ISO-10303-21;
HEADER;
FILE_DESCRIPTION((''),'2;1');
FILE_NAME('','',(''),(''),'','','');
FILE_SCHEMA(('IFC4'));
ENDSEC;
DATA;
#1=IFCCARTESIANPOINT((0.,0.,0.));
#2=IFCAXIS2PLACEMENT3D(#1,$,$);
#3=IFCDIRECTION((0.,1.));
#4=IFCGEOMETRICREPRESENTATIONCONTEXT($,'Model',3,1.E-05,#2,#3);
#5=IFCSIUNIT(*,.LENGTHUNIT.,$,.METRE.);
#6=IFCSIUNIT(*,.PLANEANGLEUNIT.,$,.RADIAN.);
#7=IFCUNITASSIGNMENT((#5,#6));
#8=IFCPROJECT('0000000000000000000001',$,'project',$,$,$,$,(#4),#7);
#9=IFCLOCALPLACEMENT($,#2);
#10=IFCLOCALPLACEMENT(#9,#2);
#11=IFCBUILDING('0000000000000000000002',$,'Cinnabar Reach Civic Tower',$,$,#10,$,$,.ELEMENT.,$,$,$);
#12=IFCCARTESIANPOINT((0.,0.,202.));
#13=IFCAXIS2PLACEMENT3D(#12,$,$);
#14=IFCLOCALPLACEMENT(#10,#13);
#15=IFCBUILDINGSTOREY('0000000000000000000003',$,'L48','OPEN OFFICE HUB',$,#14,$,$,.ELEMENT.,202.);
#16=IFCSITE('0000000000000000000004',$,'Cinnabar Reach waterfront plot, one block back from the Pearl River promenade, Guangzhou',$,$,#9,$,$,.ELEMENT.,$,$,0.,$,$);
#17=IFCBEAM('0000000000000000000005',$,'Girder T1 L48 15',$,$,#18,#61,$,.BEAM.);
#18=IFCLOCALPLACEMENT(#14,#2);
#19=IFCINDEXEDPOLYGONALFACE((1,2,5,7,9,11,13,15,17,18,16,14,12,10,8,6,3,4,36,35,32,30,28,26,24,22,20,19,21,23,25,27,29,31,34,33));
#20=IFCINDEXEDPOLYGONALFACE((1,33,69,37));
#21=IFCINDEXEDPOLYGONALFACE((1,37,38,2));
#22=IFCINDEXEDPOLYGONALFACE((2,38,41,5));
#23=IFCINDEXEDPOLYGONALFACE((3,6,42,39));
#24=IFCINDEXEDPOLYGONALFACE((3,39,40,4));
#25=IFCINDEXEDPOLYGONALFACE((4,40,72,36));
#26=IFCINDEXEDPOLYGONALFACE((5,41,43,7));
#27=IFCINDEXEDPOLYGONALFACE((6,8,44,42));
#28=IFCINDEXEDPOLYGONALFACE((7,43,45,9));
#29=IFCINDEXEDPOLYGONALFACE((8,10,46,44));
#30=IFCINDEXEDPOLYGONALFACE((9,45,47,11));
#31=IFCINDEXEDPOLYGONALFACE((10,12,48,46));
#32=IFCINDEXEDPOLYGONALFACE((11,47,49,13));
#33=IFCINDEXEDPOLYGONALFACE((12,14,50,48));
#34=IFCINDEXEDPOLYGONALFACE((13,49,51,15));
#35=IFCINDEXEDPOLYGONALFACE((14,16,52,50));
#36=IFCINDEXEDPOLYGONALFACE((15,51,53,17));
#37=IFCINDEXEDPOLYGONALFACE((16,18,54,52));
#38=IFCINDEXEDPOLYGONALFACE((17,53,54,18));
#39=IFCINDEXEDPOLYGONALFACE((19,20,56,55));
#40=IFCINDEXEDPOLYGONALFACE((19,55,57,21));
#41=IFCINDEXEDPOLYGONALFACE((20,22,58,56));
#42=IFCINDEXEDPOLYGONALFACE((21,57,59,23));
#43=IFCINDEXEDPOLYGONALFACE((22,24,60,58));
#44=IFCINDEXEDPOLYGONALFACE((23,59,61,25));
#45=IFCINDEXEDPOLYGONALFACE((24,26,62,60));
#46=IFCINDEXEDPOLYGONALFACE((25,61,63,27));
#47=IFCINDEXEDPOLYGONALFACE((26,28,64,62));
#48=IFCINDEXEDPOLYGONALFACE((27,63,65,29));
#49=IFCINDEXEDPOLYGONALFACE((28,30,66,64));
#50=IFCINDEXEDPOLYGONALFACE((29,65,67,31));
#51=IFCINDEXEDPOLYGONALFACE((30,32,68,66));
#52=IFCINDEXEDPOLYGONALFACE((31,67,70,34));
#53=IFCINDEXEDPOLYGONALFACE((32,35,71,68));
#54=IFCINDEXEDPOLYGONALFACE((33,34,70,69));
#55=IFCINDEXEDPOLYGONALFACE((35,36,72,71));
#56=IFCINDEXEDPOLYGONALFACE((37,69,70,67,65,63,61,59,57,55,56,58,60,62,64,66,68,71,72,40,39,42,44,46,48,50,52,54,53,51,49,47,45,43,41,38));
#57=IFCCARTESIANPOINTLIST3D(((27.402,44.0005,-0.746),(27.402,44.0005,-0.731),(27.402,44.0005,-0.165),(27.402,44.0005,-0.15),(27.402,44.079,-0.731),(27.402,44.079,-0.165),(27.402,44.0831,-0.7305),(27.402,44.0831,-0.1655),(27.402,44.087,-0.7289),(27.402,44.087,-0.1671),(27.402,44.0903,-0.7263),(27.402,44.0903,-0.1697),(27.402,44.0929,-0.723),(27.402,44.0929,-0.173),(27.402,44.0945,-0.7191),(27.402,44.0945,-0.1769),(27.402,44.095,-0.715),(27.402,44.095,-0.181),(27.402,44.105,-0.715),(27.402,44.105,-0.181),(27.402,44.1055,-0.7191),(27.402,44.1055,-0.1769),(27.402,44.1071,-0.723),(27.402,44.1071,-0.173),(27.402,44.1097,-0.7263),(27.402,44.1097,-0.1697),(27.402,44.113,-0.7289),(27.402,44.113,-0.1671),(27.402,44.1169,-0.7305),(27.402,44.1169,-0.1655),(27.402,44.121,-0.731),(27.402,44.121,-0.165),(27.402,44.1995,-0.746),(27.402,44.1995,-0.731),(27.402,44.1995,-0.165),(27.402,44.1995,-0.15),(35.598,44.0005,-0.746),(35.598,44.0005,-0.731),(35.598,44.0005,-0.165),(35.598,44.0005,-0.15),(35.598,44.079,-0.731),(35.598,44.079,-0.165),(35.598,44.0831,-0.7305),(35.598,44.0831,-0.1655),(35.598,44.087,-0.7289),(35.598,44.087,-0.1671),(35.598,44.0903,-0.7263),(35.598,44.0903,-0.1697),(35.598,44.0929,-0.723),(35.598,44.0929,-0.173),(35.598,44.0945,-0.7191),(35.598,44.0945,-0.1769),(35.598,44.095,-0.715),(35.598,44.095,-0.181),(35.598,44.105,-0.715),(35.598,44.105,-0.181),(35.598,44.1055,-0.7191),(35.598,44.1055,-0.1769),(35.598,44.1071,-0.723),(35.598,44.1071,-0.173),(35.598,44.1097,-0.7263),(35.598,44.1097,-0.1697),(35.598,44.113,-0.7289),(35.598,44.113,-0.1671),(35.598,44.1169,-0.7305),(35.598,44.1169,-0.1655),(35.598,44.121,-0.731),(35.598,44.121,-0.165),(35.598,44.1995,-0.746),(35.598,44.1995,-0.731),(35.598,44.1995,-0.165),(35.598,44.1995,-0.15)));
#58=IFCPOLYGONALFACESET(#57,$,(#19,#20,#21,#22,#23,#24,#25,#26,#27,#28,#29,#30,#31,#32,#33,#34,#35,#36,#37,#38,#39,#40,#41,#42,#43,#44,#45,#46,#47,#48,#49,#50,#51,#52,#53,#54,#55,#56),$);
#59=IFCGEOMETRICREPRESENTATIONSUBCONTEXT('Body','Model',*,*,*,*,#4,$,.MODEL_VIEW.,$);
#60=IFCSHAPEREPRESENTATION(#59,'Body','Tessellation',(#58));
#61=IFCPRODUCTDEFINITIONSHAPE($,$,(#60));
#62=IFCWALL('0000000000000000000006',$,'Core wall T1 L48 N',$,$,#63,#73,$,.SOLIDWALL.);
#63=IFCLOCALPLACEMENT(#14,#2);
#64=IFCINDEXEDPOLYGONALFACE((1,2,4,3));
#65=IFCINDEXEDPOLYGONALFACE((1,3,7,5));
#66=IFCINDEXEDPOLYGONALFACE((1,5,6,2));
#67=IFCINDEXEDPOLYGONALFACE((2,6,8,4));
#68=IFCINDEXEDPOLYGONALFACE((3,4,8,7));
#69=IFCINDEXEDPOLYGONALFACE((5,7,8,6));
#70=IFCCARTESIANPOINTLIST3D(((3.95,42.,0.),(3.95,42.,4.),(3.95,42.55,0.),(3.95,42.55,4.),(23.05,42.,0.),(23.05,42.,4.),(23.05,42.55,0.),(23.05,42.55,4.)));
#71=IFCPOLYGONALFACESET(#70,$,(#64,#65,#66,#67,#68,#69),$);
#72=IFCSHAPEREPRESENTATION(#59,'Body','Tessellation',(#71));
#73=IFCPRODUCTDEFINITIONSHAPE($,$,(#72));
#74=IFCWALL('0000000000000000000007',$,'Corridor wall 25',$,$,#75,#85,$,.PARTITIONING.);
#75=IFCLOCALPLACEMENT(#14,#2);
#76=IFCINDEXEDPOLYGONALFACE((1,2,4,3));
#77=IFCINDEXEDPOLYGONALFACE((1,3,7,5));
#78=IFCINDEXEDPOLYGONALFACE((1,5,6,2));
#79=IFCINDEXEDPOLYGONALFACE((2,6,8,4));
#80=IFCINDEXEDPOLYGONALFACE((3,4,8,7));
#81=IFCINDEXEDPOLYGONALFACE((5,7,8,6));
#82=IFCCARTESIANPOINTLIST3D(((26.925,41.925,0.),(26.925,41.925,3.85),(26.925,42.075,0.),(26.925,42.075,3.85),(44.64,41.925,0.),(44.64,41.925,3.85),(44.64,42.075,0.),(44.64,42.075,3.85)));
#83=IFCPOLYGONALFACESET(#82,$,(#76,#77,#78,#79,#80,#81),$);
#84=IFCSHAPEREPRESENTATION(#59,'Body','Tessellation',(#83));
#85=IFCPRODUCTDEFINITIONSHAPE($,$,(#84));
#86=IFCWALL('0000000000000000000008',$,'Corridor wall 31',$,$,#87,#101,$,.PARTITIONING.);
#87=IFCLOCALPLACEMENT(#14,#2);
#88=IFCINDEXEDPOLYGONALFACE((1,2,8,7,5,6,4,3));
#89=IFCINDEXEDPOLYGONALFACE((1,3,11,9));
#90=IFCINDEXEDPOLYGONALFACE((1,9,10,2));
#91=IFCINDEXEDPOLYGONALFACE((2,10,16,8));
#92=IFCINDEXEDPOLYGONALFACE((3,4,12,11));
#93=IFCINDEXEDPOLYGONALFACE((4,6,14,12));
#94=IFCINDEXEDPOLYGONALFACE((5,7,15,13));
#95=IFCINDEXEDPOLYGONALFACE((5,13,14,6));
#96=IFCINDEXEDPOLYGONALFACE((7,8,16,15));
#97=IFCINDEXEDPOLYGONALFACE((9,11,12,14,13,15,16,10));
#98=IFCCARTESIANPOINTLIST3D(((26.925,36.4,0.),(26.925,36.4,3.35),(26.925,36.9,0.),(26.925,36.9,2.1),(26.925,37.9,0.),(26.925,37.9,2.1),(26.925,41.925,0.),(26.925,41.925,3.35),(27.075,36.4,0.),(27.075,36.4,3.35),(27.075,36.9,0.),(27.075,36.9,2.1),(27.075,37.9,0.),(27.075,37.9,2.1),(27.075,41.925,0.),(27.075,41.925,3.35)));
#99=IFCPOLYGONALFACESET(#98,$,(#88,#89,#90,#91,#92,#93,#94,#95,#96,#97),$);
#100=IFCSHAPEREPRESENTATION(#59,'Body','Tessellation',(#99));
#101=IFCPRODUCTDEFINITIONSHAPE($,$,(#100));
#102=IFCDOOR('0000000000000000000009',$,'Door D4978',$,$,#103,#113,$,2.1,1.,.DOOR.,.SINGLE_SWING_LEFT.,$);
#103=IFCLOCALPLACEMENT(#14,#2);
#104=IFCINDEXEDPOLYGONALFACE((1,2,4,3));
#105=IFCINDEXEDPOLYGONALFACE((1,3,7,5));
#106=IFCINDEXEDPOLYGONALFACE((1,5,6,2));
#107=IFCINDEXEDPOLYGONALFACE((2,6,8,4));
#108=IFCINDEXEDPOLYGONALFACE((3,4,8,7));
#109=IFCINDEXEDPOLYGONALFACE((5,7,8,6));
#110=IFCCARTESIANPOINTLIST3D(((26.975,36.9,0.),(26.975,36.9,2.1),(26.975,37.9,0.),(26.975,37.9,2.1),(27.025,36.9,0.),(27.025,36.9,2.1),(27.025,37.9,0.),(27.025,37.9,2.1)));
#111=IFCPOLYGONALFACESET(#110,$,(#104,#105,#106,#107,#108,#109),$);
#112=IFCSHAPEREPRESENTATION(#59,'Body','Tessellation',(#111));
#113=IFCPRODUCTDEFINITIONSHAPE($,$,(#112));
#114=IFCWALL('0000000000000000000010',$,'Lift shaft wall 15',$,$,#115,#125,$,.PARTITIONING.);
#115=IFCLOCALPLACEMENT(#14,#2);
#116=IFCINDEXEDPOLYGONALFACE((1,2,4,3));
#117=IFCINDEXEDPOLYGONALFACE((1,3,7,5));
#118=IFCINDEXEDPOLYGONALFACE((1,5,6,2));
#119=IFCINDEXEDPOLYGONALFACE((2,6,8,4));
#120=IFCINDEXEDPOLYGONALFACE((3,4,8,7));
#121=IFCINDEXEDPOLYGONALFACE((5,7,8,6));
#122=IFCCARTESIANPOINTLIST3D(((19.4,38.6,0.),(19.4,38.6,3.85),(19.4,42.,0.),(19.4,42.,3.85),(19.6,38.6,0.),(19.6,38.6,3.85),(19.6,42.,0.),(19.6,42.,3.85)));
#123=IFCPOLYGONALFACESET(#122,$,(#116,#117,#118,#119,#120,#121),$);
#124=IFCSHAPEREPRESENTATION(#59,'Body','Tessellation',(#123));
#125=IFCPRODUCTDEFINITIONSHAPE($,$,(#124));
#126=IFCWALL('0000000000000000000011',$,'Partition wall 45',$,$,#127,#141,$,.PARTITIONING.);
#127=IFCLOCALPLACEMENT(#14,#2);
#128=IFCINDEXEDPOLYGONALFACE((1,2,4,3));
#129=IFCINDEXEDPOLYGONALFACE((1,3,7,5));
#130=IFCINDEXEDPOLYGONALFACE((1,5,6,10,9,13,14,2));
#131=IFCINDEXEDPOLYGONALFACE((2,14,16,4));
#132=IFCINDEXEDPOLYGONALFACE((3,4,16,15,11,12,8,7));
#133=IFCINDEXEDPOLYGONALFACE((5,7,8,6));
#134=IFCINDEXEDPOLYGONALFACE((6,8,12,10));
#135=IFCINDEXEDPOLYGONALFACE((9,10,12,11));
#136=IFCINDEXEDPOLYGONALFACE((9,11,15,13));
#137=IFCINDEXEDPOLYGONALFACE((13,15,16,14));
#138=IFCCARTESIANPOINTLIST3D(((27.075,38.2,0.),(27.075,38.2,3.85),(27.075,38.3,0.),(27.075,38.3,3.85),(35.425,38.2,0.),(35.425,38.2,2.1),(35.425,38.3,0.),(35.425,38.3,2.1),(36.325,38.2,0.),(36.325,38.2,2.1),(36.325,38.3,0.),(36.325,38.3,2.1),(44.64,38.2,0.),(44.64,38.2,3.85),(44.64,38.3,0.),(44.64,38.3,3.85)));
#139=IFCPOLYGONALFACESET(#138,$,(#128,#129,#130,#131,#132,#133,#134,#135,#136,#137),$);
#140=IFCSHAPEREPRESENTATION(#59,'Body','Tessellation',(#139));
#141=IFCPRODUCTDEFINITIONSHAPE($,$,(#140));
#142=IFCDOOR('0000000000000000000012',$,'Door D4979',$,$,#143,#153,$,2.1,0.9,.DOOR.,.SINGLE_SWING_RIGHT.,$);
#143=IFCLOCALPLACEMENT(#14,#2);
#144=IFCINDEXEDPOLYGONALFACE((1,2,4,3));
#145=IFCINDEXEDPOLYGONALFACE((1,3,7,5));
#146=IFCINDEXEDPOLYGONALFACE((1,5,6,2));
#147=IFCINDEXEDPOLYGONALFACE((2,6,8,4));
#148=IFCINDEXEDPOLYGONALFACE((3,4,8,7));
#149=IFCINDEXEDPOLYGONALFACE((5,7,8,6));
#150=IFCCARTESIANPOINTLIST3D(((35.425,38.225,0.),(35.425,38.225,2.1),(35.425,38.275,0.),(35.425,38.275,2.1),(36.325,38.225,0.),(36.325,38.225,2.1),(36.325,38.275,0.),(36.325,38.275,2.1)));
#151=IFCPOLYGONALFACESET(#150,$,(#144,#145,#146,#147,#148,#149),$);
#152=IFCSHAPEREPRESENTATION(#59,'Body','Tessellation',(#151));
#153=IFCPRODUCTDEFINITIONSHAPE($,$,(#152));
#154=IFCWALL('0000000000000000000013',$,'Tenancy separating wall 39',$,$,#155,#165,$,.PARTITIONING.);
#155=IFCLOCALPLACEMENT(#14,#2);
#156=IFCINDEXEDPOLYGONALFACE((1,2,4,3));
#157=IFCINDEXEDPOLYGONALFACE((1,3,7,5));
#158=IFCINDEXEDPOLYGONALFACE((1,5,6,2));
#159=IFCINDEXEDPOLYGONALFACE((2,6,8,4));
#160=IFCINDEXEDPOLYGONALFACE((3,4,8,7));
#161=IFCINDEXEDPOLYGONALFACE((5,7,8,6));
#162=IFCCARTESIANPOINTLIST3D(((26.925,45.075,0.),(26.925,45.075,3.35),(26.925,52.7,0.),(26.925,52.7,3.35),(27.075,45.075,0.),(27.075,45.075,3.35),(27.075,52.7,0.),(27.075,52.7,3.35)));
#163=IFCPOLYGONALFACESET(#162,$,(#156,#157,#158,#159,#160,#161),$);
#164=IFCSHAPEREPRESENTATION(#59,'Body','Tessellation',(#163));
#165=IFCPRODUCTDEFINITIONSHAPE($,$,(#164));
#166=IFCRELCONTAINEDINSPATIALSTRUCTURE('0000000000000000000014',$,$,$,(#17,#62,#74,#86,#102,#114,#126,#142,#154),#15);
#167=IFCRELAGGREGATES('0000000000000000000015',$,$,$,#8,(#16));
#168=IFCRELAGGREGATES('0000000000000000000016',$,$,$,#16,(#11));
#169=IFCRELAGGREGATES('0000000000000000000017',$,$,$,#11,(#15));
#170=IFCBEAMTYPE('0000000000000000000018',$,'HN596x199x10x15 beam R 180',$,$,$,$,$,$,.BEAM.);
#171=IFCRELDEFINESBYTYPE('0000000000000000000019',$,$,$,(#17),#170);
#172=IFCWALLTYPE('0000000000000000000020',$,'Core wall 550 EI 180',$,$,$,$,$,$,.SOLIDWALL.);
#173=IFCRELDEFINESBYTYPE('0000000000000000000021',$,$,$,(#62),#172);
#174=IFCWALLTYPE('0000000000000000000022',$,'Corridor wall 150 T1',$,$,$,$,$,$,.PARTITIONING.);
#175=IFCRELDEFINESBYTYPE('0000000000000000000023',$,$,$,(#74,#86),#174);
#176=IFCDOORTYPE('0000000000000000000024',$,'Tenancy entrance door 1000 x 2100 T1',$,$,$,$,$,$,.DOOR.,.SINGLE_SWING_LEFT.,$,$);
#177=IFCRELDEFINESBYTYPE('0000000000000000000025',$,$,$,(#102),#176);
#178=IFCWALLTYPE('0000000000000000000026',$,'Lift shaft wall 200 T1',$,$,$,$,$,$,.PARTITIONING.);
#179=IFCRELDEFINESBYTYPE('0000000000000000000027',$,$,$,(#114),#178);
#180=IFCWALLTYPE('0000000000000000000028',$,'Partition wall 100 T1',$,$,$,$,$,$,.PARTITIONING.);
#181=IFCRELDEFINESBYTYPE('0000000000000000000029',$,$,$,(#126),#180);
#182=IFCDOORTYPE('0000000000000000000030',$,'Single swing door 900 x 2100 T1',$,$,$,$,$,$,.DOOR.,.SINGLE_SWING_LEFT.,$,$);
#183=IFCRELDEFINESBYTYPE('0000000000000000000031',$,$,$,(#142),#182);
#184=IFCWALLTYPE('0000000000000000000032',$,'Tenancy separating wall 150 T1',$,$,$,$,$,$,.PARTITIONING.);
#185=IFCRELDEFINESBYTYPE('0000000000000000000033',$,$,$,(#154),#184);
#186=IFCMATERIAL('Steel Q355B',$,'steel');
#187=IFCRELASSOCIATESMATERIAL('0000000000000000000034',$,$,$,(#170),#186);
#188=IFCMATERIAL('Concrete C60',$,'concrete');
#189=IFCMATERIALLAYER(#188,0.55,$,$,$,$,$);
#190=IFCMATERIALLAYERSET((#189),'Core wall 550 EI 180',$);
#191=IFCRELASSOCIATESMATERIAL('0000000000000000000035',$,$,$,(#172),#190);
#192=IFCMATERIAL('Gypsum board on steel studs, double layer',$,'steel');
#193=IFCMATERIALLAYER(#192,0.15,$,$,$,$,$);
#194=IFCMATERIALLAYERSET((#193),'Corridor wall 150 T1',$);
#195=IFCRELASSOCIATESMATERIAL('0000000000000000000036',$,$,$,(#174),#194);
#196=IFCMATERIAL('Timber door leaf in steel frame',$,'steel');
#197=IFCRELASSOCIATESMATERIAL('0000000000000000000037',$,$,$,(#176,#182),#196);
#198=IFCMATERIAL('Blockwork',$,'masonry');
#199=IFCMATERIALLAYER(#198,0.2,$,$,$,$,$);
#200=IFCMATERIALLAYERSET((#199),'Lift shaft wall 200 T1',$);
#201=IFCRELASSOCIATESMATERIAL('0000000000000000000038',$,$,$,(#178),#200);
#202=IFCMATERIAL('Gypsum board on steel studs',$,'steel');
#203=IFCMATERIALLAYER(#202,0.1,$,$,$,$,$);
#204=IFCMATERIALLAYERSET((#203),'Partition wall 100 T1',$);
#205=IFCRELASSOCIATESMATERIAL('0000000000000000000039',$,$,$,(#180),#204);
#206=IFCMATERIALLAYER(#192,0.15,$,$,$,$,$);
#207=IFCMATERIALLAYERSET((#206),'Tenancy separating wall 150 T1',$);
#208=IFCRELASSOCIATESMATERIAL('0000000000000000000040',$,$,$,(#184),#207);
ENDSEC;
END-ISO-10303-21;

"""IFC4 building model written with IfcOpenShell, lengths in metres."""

from ifc_helpers import new_model, si_unit, direction, frame, frame_2d, origin, origin_2d, place, context, subcontext, project, spatial, rectangle, i_section, extrude, material, layer, layer_set, material_profile, profile_set, type_object, element, fill, save


model = new_model("IFC4")

# Units and contexts
model_context = context("Model", 3, precision=1e-05, world=origin(), true_north=direction((0.0, 1.0)))
body_context = subcontext(model_context, "Body", "Model", "MODEL_VIEW")
ifc_project = project(units=[si_unit("LENGTHUNIT", "METRE"), si_unit("PLANEANGLEUNIT", "RADIAN")], contexts=[model_context])

# Site, building, storey
site_placement = place(None, origin())
site = spatial("IfcSite", under=ifc_project, at=site_placement, Name="Cinnabar Reach waterfront plot, one block back from the Pearl River promenade, Guangzhou", CompositionType="ELEMENT", RefElevation=0.0)
building_placement = place(site_placement, origin())
building = spatial("IfcBuilding", under=site, at=building_placement, Name="Cinnabar Reach Civic Tower", CompositionType="ELEMENT")
storey_placement = place(building_placement, frame((0.0, 0.0, 202.0)))
storey = spatial("IfcBuildingStorey", under=building, at=storey_placement, Name="L48", Description="OPEN OFFICE HUB", CompositionType="ELEMENT", Elevation=202.0)

# Shared definitions
ifc_material_1 = material(Name="Concrete C60", Category="concrete")

# Beam
ifc_material_2 = material(Name="Steel Q355B", Category="steel")
ifc_material_profile_1 = material_profile(ifc_material_2, i_section(OverallWidth=0.199, OverallDepth=0.596, WebThickness=0.01, FlangeThickness=0.015, FilletRadius=0.016, at=origin_2d()), Name="HN596x199x10x15")
ifc_profile_set_1 = profile_set([ifc_material_profile_1], Name="Steel Q355B")
beam_type_1 = type_object("IfcBeamType", Name="HN596x199x10x15 beam R 180", PredefinedType="BEAM", material=ifc_profile_set_1)
for number, where, z_axis, x_axis, name in (
    (1, (27.402, 44.1, -0.448), (1.0, 0.0, 0.0), (0.0, 1.0, 0.0), "Girder T1 L48 15"),
):
    element("IfcBeam", number, at=place(storey_placement, frame(where, z_axis=z_axis, x_axis=x_axis)), inside=storey, type_object=beam_type_1, Name=name, PredefinedType="BEAM", context=body_context, shape_type="SweptSolid", body=[
        extrude(i_section(OverallWidth=0.199, OverallDepth=0.596, WebThickness=0.01, FlangeThickness=0.015, FilletRadius=0.016, at=origin_2d()), origin(), (0.0, 0.0, 1.0), 8.196),
    ])

# Walls
ifc_layer_1 = layer(ifc_material_1, 0.55)
ifc_layer_set_1 = layer_set([ifc_layer_1], Name="Core wall 550 EI 180")
wall_type_1 = type_object("IfcWallType", Name="Core wall 550 EI 180", PredefinedType="SOLIDWALL", material=ifc_layer_set_1)
wall_1_placement = place(storey_placement, frame((23.05, 42.275, 0.0), z_axis=(0.0, 0.0, 1.0), x_axis=(-1.0, 0.0, 0.0)))
element("IfcWall", 2, at=wall_1_placement, inside=storey, type_object=wall_type_1, Name="Core wall T1 L48 N", PredefinedType="SOLIDWALL", context=body_context, shape_type="SweptSolid", body=[
    extrude(rectangle(XDim=19.1, YDim=0.55, at=frame_2d((9.55, 0.0))), origin(), (0.0, 0.0, 1.0), 4.0),
])
ifc_material_3 = material(Name="Gypsum board on steel studs, double layer", Category="steel")
ifc_layer_2 = layer(ifc_material_3, 0.15)
ifc_layer_set_2 = layer_set([ifc_layer_2], Name="Corridor wall 150 T1")
wall_type_2 = type_object("IfcWallType", Name="Corridor wall 150 T1", PredefinedType="PARTITIONING", material=ifc_layer_set_2)
wall_2_placement = place(storey_placement, frame((26.925, 42.0, 0.0), z_axis=(0.0, 0.0, 1.0), x_axis=(1.0, 0.0, 0.0)))
element("IfcWall", 3, at=wall_2_placement, inside=storey, type_object=wall_type_2, Name="Corridor wall 25", PredefinedType="PARTITIONING", context=body_context, shape_type="SweptSolid", body=[
    extrude(rectangle(XDim=17.715, YDim=0.15, at=frame_2d((8.8575, 0.0))), origin(), (0.0, 0.0, 1.0), 3.85),
])

# Wall, opening, door
wall_3_placement = place(storey_placement, frame((27.0, 36.4, 0.0), z_axis=(0.0, 0.0, 1.0), x_axis=(0.0, 1.0, 0.0)))
wall_3 = element("IfcWall", 4, at=wall_3_placement, inside=storey, type_object=wall_type_2, Name="Corridor wall 31", PredefinedType="PARTITIONING", context=body_context, shape_type="SweptSolid", body=[
    extrude(rectangle(XDim=5.525, YDim=0.15, at=frame_2d((2.7625, 0.0))), origin(), (0.0, 0.0, 1.0), 3.35),
])
opening_1_placement = place(wall_3_placement, frame((0.5, 0.0, 0.0)))
opening_1 = element("IfcOpeningElement", 5, at=opening_1_placement, cuts=wall_3, PredefinedType="OPENING", context=body_context, shape_type="SweptSolid", body=[
    extrude(rectangle(XDim=1.0, YDim=2.1, at=frame_2d((0.5, 1.05))), frame((0.0, 0.085, 0.0), z_axis=(0.0, -1.0, 0.0), x_axis=(1.0, 0.0, 0.0)), (0.0, 0.0, 1.0), 0.17),
])
ifc_material_4 = material(Name="Timber door leaf in steel frame", Category="steel")
door_type_1 = type_object("IfcDoorType", Name="Tenancy entrance door 1000 x 2100 T1", OperationType="SINGLE_SWING_LEFT", PredefinedType="DOOR", material=ifc_material_4)
door_1_placement = place(opening_1_placement, frame((1.0, 0.0, 0.0), z_axis=(0.0, 0.0, 1.0), x_axis=(-1.0, 0.0, 0.0)))
door_1 = element("IfcDoor", 6, at=door_1_placement, inside=storey, type_object=door_type_1, Name="Door D4978", OperationType="SINGLE_SWING_LEFT", OverallHeight=2.1, OverallWidth=1.0, PredefinedType="DOOR", context=body_context, shape_type="SweptSolid", body=[
    extrude(rectangle(XDim=1.0, YDim=2.1, at=frame_2d((0.5, 1.05))), frame((0.0, 0.025, 0.0), z_axis=(0.0, -1.0, 0.0), x_axis=(1.0, 0.0, 0.0)), (0.0, 0.0, 1.0), 0.05),
])
fill(opening_1, door_1)

# Wall
ifc_material_5 = material(Name="Blockwork", Category="masonry")
ifc_layer_3 = layer(ifc_material_5, 0.2)
ifc_layer_set_3 = layer_set([ifc_layer_3], Name="Lift shaft wall 200 T1")
wall_type_3 = type_object("IfcWallType", Name="Lift shaft wall 200 T1", PredefinedType="PARTITIONING", material=ifc_layer_set_3)
wall_4_placement = place(storey_placement, frame((19.5, 38.6, 0.0), z_axis=(0.0, 0.0, 1.0), x_axis=(0.0, 1.0, 0.0)))
element("IfcWall", 7, at=wall_4_placement, inside=storey, type_object=wall_type_3, Name="Lift shaft wall 15", PredefinedType="PARTITIONING", context=body_context, shape_type="SweptSolid", body=[
    extrude(rectangle(XDim=3.4, YDim=0.2, at=frame_2d((1.7, 0.0))), origin(), (0.0, 0.0, 1.0), 3.85),
])

# Wall, opening, door
ifc_material_6 = material(Name="Gypsum board on steel studs", Category="steel")
ifc_layer_4 = layer(ifc_material_6, 0.1)
ifc_layer_set_4 = layer_set([ifc_layer_4], Name="Partition wall 100 T1")
wall_type_4 = type_object("IfcWallType", Name="Partition wall 100 T1", PredefinedType="PARTITIONING", material=ifc_layer_set_4)
wall_5_placement = place(storey_placement, frame((27.075, 38.25, 0.0), z_axis=(0.0, 0.0, 1.0), x_axis=(1.0, 0.0, 0.0)))
wall_5 = element("IfcWall", 8, at=wall_5_placement, inside=storey, type_object=wall_type_4, Name="Partition wall 45", PredefinedType="PARTITIONING", context=body_context, shape_type="SweptSolid", body=[
    extrude(rectangle(XDim=17.565, YDim=0.1, at=frame_2d((8.7825, 0.0))), origin(), (0.0, 0.0, 1.0), 3.85),
])
opening_2_placement = place(wall_5_placement, frame((8.35, 0.0, 0.0)))
opening_2 = element("IfcOpeningElement", 9, at=opening_2_placement, cuts=wall_5, PredefinedType="OPENING", context=body_context, shape_type="SweptSolid", body=[
    extrude(rectangle(XDim=0.9, YDim=2.1, at=frame_2d((0.45, 1.05))), frame((0.0, 0.06, 0.0), z_axis=(0.0, -1.0, 0.0), x_axis=(1.0, 0.0, 0.0)), (0.0, 0.0, 1.0), 0.12),
])
door_type_2 = type_object("IfcDoorType", Name="Single swing door 900 x 2100 T1", OperationType="SINGLE_SWING_LEFT", PredefinedType="DOOR", material=ifc_material_4)
door_2_placement = place(opening_2_placement, origin())
door_2 = element("IfcDoor", 10, at=door_2_placement, inside=storey, type_object=door_type_2, Name="Door D4979", OperationType="SINGLE_SWING_RIGHT", OverallHeight=2.1, OverallWidth=0.9, PredefinedType="DOOR", context=body_context, shape_type="SweptSolid", body=[
    extrude(rectangle(XDim=0.9, YDim=2.1, at=frame_2d((0.45, 1.05))), frame((0.0, 0.025, 0.0), z_axis=(0.0, -1.0, 0.0), x_axis=(1.0, 0.0, 0.0)), (0.0, 0.0, 1.0), 0.05),
])
fill(opening_2, door_2)

# Wall
ifc_layer_5 = layer(ifc_material_3, 0.15)
ifc_layer_set_5 = layer_set([ifc_layer_5], Name="Tenancy separating wall 150 T1")
wall_type_5 = type_object("IfcWallType", Name="Tenancy separating wall 150 T1", PredefinedType="PARTITIONING", material=ifc_layer_set_5)
wall_6_placement = place(storey_placement, frame((27.0, 45.075, 0.0), z_axis=(0.0, 0.0, 1.0), x_axis=(0.0, 1.0, 0.0)))
element("IfcWall", 11, at=wall_6_placement, inside=storey, type_object=wall_type_5, Name="Tenancy separating wall 39", PredefinedType="PARTITIONING", context=body_context, shape_type="SweptSolid", body=[
    extrude(rectangle(XDim=7.625, YDim=0.15, at=frame_2d((3.8125, 0.0))), origin(), (0.0, 0.0, 1.0), 3.35),
])

save(model, "model.ifc")
